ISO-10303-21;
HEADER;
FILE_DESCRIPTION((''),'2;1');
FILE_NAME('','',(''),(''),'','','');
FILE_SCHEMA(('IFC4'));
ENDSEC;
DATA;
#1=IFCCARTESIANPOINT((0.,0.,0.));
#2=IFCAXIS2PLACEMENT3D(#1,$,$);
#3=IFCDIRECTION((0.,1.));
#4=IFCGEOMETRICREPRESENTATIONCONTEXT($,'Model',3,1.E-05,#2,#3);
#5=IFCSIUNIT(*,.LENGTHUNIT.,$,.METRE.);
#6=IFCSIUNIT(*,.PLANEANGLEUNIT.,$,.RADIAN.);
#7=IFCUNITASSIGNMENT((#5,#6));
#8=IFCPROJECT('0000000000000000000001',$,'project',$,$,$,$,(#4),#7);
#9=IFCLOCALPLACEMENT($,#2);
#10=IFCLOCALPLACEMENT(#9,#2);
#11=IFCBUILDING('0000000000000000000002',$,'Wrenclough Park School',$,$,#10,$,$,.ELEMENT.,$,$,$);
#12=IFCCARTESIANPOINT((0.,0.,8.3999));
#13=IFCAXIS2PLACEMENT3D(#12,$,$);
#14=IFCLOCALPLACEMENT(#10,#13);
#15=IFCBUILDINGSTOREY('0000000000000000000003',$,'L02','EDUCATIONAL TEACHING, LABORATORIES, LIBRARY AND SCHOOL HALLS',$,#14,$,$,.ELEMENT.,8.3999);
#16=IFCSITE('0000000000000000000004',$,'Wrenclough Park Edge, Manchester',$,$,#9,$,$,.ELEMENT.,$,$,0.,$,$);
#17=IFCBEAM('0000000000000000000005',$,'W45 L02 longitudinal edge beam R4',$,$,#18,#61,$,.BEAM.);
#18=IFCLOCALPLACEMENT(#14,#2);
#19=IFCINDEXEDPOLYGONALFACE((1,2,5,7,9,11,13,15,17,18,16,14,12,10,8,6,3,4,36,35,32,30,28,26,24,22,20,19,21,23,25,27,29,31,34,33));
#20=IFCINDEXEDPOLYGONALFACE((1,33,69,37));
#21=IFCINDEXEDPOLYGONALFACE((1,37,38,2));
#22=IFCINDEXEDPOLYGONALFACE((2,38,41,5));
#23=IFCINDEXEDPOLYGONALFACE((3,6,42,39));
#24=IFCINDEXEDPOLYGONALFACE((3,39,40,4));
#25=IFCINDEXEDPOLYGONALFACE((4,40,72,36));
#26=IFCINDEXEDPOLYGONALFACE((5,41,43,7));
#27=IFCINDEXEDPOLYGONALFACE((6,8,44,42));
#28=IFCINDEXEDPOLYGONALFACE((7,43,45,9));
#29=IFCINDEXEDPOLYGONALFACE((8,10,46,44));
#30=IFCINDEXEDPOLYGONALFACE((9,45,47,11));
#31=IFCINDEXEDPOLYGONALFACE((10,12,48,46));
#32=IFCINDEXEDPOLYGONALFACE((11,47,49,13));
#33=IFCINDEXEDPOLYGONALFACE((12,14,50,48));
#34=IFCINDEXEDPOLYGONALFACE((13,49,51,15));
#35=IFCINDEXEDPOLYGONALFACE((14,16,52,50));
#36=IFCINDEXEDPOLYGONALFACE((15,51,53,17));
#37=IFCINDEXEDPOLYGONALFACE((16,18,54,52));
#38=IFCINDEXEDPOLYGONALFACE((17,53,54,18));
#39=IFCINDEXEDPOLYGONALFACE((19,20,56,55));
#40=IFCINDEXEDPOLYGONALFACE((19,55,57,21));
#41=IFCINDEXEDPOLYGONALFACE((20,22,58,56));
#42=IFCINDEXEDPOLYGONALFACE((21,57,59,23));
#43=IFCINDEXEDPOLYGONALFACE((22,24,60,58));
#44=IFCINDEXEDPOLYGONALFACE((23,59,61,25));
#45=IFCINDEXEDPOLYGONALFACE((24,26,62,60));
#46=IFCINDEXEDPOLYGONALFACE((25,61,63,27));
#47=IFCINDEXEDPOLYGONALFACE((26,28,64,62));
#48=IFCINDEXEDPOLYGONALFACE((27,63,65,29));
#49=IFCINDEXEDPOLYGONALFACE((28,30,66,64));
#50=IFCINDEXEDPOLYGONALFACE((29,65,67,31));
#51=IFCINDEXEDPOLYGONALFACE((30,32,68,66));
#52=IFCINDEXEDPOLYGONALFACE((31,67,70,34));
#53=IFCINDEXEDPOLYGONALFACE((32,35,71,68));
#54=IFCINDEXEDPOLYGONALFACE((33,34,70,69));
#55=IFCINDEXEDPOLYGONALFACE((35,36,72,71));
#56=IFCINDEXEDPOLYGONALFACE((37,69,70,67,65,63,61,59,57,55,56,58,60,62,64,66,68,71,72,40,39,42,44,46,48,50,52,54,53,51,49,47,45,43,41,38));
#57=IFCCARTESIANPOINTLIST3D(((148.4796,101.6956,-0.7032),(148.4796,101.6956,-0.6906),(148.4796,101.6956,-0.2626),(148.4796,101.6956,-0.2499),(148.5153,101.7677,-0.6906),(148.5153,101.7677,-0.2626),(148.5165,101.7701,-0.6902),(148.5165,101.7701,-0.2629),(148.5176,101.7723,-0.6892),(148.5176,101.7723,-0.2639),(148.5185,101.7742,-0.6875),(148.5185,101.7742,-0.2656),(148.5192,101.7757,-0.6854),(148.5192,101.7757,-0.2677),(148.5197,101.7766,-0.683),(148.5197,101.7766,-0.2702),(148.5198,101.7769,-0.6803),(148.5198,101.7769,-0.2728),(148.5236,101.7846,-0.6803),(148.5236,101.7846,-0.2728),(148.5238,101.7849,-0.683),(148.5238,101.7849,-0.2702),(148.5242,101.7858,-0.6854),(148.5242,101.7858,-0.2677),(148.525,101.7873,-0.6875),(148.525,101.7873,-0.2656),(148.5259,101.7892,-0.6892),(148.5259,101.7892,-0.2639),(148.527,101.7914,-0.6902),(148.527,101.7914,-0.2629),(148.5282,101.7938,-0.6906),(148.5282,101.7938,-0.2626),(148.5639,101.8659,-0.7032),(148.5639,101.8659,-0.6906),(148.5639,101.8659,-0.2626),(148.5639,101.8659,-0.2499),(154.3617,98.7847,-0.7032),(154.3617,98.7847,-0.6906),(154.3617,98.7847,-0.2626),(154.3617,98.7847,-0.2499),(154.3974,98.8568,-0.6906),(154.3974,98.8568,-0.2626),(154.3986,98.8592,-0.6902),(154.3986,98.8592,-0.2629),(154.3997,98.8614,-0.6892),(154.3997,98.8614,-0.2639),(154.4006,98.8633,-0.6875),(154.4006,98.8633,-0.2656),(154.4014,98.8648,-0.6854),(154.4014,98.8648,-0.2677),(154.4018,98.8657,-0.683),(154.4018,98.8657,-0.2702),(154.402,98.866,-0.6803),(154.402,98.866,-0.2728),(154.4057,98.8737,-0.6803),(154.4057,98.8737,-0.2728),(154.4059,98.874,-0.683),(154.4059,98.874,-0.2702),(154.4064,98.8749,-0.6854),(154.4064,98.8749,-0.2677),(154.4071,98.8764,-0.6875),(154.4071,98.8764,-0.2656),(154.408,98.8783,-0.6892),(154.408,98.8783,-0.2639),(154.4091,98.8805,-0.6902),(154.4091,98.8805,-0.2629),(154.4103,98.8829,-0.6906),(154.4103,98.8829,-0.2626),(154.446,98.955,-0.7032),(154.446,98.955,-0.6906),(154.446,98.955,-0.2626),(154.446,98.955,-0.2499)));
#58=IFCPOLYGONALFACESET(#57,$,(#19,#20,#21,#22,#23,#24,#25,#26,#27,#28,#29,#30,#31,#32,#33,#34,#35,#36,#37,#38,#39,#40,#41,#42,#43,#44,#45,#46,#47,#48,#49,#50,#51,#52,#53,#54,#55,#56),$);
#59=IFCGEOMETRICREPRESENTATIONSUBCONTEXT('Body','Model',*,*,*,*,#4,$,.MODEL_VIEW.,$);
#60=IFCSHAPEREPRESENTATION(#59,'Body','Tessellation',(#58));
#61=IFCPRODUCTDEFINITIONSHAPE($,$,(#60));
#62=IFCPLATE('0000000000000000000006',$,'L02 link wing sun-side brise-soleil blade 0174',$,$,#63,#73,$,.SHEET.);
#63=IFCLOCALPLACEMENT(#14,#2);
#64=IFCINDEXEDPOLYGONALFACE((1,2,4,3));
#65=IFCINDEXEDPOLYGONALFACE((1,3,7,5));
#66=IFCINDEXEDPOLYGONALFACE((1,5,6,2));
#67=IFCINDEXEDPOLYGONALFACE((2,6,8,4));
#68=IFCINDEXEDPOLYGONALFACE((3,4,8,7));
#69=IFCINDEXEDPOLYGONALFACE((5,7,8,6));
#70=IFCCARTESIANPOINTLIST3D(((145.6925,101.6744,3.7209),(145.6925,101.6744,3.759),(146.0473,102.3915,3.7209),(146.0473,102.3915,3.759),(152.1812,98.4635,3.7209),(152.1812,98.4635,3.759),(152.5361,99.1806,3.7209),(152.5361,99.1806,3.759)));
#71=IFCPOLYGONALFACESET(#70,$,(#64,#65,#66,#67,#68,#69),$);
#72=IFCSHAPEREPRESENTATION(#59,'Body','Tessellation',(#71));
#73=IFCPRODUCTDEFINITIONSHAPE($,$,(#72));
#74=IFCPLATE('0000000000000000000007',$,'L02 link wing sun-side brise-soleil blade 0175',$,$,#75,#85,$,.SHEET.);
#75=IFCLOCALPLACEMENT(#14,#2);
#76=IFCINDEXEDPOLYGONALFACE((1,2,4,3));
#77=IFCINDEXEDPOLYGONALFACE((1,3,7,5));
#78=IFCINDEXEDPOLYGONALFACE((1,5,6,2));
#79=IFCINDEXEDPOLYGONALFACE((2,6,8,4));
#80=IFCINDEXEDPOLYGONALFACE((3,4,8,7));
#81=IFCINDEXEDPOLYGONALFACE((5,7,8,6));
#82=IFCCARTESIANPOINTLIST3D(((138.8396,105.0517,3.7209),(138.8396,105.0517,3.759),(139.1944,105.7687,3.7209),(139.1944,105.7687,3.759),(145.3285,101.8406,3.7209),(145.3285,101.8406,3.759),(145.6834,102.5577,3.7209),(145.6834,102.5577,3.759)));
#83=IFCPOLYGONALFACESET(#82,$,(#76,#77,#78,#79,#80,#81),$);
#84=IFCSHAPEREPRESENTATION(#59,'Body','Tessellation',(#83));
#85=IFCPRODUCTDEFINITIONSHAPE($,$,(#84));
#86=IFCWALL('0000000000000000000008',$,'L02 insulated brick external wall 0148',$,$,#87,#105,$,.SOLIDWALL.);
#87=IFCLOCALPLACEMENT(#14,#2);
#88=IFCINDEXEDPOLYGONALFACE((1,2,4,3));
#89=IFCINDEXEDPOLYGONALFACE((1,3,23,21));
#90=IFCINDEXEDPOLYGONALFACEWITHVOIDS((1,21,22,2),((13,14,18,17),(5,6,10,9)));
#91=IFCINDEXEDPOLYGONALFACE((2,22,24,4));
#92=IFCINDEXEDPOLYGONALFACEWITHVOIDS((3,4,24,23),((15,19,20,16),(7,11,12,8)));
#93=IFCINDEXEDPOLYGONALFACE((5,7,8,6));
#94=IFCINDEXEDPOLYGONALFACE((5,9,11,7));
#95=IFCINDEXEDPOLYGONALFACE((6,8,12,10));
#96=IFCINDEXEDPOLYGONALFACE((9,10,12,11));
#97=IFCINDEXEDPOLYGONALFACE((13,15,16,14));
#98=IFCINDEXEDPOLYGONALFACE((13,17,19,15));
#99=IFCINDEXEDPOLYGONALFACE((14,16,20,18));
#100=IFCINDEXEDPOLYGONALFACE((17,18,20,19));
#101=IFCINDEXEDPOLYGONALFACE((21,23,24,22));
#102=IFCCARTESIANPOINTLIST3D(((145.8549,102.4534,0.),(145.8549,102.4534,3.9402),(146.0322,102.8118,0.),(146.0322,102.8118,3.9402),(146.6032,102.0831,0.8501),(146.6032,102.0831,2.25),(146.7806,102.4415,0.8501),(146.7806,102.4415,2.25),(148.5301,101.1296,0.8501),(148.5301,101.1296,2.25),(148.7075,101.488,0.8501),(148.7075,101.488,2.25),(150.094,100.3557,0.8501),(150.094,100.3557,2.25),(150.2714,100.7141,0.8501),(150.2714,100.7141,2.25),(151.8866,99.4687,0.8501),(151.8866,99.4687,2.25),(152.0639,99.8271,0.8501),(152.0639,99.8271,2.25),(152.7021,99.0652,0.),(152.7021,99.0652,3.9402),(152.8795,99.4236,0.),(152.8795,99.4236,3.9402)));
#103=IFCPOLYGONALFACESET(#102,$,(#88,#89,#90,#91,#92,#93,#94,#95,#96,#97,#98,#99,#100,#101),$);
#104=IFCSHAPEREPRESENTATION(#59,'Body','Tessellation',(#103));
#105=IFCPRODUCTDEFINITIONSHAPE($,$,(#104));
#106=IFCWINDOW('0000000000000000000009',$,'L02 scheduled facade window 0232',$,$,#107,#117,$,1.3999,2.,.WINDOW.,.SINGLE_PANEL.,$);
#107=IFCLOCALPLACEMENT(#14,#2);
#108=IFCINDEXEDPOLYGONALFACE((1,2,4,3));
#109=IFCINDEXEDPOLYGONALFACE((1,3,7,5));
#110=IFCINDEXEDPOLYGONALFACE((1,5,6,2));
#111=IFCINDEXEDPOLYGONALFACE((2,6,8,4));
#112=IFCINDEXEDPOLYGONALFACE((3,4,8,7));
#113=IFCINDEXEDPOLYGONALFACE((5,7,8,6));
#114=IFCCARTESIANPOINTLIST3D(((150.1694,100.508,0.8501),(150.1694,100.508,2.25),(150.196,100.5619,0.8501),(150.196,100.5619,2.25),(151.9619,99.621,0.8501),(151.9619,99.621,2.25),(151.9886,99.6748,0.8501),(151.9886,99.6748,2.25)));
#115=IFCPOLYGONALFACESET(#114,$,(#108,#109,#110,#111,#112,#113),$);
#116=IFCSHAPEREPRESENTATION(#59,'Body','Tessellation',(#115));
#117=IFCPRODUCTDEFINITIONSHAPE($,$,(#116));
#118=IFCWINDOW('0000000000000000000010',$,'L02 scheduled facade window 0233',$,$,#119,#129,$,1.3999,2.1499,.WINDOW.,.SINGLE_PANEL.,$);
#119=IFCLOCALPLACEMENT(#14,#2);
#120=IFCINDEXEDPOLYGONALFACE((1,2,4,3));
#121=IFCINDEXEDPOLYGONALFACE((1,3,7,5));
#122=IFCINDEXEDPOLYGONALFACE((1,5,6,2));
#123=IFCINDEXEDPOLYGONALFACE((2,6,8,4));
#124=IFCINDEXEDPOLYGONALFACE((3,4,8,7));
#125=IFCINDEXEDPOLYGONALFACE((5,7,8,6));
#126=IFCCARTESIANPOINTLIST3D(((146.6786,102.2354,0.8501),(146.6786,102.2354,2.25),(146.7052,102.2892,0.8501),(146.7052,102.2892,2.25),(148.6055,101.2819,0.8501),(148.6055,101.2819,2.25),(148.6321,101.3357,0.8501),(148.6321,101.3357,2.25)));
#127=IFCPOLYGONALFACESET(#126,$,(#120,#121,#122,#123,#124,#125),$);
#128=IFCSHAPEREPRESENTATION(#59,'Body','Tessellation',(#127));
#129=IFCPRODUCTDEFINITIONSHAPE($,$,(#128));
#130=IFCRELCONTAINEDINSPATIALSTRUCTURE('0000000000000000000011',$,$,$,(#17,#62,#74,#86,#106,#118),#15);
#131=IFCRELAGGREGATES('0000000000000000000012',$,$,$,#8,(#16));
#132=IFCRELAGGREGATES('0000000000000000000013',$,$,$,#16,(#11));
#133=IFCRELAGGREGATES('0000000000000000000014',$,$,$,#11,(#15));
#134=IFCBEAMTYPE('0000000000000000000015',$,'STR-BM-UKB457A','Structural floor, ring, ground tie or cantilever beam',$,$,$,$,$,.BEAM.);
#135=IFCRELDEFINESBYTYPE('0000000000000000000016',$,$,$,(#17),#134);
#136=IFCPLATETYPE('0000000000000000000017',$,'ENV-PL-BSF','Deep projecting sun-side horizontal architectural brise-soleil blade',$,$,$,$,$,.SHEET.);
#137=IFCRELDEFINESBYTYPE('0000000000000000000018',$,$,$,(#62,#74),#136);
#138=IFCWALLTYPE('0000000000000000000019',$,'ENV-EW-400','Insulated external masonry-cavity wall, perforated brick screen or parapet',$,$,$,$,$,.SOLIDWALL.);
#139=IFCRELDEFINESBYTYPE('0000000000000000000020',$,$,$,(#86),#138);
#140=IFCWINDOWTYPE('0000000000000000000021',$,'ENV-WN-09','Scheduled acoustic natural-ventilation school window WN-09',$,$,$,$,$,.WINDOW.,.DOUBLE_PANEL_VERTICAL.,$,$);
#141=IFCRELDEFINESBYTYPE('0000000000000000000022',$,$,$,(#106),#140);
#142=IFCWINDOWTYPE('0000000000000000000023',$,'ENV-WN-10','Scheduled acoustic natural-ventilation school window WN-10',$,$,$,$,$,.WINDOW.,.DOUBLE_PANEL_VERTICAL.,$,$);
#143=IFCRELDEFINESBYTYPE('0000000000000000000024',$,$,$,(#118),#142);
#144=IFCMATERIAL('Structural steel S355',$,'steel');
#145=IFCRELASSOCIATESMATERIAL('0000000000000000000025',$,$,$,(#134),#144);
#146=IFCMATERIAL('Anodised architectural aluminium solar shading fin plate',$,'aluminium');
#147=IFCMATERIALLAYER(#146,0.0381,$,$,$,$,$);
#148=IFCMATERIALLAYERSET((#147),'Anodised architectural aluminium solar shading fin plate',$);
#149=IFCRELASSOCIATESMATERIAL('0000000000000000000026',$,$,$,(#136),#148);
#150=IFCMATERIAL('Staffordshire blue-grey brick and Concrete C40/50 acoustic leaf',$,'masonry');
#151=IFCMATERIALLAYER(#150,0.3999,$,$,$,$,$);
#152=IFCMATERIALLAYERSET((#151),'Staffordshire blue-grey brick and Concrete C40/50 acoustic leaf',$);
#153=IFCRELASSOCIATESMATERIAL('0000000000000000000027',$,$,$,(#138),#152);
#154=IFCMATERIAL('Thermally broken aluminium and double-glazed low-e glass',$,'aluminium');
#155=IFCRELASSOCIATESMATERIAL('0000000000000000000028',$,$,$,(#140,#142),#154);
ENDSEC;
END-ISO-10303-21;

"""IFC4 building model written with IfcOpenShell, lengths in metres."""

from ifc_helpers import new_model, si_unit, direction, frame, frame_2d, origin, origin_2d, place, context, subcontext, project, spatial, rectangle, i_section, extrude, material, layer, layer_set, material_profile, profile_set, type_object, element, fill, save


model = new_model("IFC4")

# Units and contexts
model_context = context("Model", 3, precision=1e-05, world=origin(), true_north=direction((0.0, 1.0)))
body_context = subcontext(model_context, "Body", "Model", "MODEL_VIEW")
ifc_project = project(units=[si_unit("LENGTHUNIT", "METRE"), si_unit("PLANEANGLEUNIT", "RADIAN")], contexts=[model_context])

# Site, building, storey
site_placement = place(None, origin())
site = spatial("IfcSite", under=ifc_project, at=site_placement, Name="Wrenclough Park Edge, Manchester", CompositionType="ELEMENT", RefElevation=0.0)
building_placement = place(site_placement, origin())
building = spatial("IfcBuilding", under=site, at=building_placement, Name="Wrenclough Park School", CompositionType="ELEMENT")
storey_placement = place(building_placement, frame((0.0, 0.0, 8.3999)))
storey = spatial("IfcBuildingStorey", under=building, at=storey_placement, Name="L02", Description="EDUCATIONAL TEACHING, LABORATORIES, LIBRARY AND SCHOOL HALLS", CompositionType="ELEMENT", Elevation=8.3999)

# Shared definitions
ifc_material_1 = material(Name="Structural steel S355", Category="steel")

# Beam
ifc_material_profile_1 = material_profile(ifc_material_1, i_section(OverallWidth=0.1899, OverallDepth=0.4534, WebThickness=0.0085, FlangeThickness=0.0127, FilletRadius=0.0103, at=origin_2d()), Name="UKB 457x191x67")
ifc_profile_set_1 = profile_set([ifc_material_profile_1], Name="Structural steel S355")
beam_type_1 = type_object("IfcBeamType", Name="STR-BM-UKB457A", Description="Structural floor, ring, ground tie or cantilever beam", PredefinedType="BEAM", material=ifc_profile_set_1)
beam_1_placement = place(storey_placement, frame((148.5217, 101.7808, -0.4766), z_axis=(0.896257, -0.443534, 0.0), x_axis=(0.443534, 0.896257, 0.0)))
element("IfcBeam", 1, at=beam_1_placement, inside=storey, type_object=beam_type_1, Name="W45 L02 longitudinal edge beam R4", PredefinedType="BEAM", context=body_context, shape_type="SweptSolid", body=[
    extrude(i_section(OverallWidth=0.1899, OverallDepth=0.4534, WebThickness=0.0085, FlangeThickness=0.0127, FilletRadius=0.0103, at=origin_2d()), origin(), (0.0, 0.0, 1.0), 6.563),
])

# Plates
ifc_material_2 = material(Name="Anodised architectural aluminium solar shading fin plate", Category="aluminium")
ifc_layer_1 = layer(ifc_material_2, 0.0381)
ifc_layer_set_1 = layer_set([ifc_layer_1], Name="Anodised architectural aluminium solar shading fin plate")
plate_type = type_object("IfcPlateType", Name="ENV-PL-BSF", Description="Deep projecting sun-side horizontal architectural brise-soleil blade", PredefinedType="SHEET", material=ifc_layer_set_1)
plate_1_placement = place(storey_placement, frame((149.1143, 100.4275, 3.7209), z_axis=(0.0, 0.0, 1.0), x_axis=(-0.89627, 0.443508, 0.0)))
element("IfcPlate", 2, at=plate_1_placement, inside=storey, type_object=plate_type, Name="L02 link wing sun-side brise-soleil blade 0174", PredefinedType="SHEET", context=body_context, shape_type="SweptSolid", body=[
    extrude(rectangle(XDim=7.2397, YDim=0.8, at=origin_2d()), origin(), (0.0, 0.0, 1.0), 0.0381),
])
plate_2_placement = place(storey_placement, frame((142.2615, 103.8047, 3.7209), z_axis=(0.0, 0.0, 1.0), x_axis=(-0.896268, 0.443513, 0.0)))
element("IfcPlate", 3, at=plate_2_placement, inside=storey, type_object=plate_type, Name="L02 link wing sun-side brise-soleil blade 0175", PredefinedType="SHEET", context=body_context, shape_type="SweptSolid", body=[
    extrude(rectangle(XDim=7.24, YDim=0.8, at=origin_2d()), origin(), (0.0, 0.0, 1.0), 0.0381),
])

# Wall, openings, windows
ifc_material_3 = material(Name="Staffordshire blue-grey brick and Concrete C40/50 acoustic leaf", Category="masonry")
ifc_layer_2 = layer(ifc_material_3, 0.3999)
ifc_layer_set_2 = layer_set([ifc_layer_2], Name="Staffordshire blue-grey brick and Concrete C40/50 acoustic leaf")
wall_type_1 = type_object("IfcWallType", Name="ENV-EW-400", Description="Insulated external masonry-cavity wall, perforated brick screen or parapet", PredefinedType="SOLIDWALL", material=ifc_layer_set_2)
wall_1_placement = place(storey_placement, frame((152.7908, 99.2444, 0.0), z_axis=(0.0, 0.0, 1.0), x_axis=(-0.896273, 0.443503, 0.0)))
wall_1 = element("IfcWall", 4, at=wall_1_placement, inside=storey, type_object=wall_type_1, Name="L02 insulated brick external wall 0148", PredefinedType="SOLIDWALL", context=body_context, shape_type="SweptSolid", body=[
    extrude(rectangle(XDim=7.6396, YDim=0.3999, at=frame_2d((3.8198, 0.0))), origin(), (0.0, 0.0, 1.0), 3.9402),
])
opening_1_placement = place(wall_1_placement, frame((0.9099, 0.0, 0.8501)))
opening_1 = element("IfcOpeningElement", 5, at=opening_1_placement, cuts=wall_1, PredefinedType="OPENING", context=body_context, shape_type="SweptSolid", body=[
    extrude(rectangle(XDim=2.0, YDim=1.3999, at=frame_2d((1.0, 0.7))), frame((0.0, 0.21, 0.0), z_axis=(0.0, -1.0, 0.0), x_axis=(1.0, 0.0, 0.0)), (0.0, 0.0, 1.0), 0.4199),
])
opening_2_placement = place(wall_1_placement, frame((4.6548, 0.0, 0.8501)))
opening_2 = element("IfcOpeningElement", 6, at=opening_2_placement, cuts=wall_1, PredefinedType="OPENING", context=body_context, shape_type="SweptSolid", body=[
    extrude(rectangle(XDim=2.1499, YDim=1.3999, at=frame_2d((1.075, 0.7))), frame((0.0, 0.21, 0.0), z_axis=(0.0, -1.0, 0.0), x_axis=(1.0, 0.0, 0.0)), (0.0, 0.0, 1.0), 0.4199),
])
ifc_material_4 = material(Name="Thermally broken aluminium and double-glazed low-e glass", Category="aluminium")
window_type_1 = type_object("IfcWindowType", Name="ENV-WN-09", Description="Scheduled acoustic natural-ventilation school window WN-09", PartitioningType="DOUBLE_PANEL_VERTICAL", PredefinedType="WINDOW", material=ifc_material_4)
window_1_placement = place(opening_1_placement, origin())
window_1 = element("IfcWindow", 7, at=window_1_placement, inside=storey, type_object=window_type_1, Name="L02 scheduled facade window 0232", OverallHeight=1.3999, OverallWidth=2.0, PartitioningType="SINGLE_PANEL", PredefinedType="WINDOW", context=body_context, shape_type="SweptSolid", body=[
    extrude(rectangle(XDim=2.0, YDim=1.3999, at=frame_2d((1.0, 0.7))), frame((0.0, 0.03, 0.0), z_axis=(0.0, -1.0, 0.0), x_axis=(1.0, 0.0, 0.0)), (0.0, 0.0, 1.0), 0.0601),
])
fill(opening_1, window_1)
window_type_2 = type_object("IfcWindowType", Name="ENV-WN-10", Description="Scheduled acoustic natural-ventilation school window WN-10", PartitioningType="DOUBLE_PANEL_VERTICAL", PredefinedType="WINDOW", material=ifc_material_4)
window_2_placement = place(opening_2_placement, origin())
window_2 = element("IfcWindow", 8, at=window_2_placement, inside=storey, type_object=window_type_2, Name="L02 scheduled facade window 0233", OverallHeight=1.3999, OverallWidth=2.1499, PartitioningType="SINGLE_PANEL", PredefinedType="WINDOW", context=body_context, shape_type="SweptSolid", body=[
    extrude(rectangle(XDim=2.1499, YDim=1.3999, at=frame_2d((1.075, 0.7))), frame((0.0, 0.03, 0.0), z_axis=(0.0, -1.0, 0.0), x_axis=(1.0, 0.0, 0.0)), (0.0, 0.0, 1.0), 0.0601),
])
fill(opening_2, window_2)

save(model, "model.ifc")
